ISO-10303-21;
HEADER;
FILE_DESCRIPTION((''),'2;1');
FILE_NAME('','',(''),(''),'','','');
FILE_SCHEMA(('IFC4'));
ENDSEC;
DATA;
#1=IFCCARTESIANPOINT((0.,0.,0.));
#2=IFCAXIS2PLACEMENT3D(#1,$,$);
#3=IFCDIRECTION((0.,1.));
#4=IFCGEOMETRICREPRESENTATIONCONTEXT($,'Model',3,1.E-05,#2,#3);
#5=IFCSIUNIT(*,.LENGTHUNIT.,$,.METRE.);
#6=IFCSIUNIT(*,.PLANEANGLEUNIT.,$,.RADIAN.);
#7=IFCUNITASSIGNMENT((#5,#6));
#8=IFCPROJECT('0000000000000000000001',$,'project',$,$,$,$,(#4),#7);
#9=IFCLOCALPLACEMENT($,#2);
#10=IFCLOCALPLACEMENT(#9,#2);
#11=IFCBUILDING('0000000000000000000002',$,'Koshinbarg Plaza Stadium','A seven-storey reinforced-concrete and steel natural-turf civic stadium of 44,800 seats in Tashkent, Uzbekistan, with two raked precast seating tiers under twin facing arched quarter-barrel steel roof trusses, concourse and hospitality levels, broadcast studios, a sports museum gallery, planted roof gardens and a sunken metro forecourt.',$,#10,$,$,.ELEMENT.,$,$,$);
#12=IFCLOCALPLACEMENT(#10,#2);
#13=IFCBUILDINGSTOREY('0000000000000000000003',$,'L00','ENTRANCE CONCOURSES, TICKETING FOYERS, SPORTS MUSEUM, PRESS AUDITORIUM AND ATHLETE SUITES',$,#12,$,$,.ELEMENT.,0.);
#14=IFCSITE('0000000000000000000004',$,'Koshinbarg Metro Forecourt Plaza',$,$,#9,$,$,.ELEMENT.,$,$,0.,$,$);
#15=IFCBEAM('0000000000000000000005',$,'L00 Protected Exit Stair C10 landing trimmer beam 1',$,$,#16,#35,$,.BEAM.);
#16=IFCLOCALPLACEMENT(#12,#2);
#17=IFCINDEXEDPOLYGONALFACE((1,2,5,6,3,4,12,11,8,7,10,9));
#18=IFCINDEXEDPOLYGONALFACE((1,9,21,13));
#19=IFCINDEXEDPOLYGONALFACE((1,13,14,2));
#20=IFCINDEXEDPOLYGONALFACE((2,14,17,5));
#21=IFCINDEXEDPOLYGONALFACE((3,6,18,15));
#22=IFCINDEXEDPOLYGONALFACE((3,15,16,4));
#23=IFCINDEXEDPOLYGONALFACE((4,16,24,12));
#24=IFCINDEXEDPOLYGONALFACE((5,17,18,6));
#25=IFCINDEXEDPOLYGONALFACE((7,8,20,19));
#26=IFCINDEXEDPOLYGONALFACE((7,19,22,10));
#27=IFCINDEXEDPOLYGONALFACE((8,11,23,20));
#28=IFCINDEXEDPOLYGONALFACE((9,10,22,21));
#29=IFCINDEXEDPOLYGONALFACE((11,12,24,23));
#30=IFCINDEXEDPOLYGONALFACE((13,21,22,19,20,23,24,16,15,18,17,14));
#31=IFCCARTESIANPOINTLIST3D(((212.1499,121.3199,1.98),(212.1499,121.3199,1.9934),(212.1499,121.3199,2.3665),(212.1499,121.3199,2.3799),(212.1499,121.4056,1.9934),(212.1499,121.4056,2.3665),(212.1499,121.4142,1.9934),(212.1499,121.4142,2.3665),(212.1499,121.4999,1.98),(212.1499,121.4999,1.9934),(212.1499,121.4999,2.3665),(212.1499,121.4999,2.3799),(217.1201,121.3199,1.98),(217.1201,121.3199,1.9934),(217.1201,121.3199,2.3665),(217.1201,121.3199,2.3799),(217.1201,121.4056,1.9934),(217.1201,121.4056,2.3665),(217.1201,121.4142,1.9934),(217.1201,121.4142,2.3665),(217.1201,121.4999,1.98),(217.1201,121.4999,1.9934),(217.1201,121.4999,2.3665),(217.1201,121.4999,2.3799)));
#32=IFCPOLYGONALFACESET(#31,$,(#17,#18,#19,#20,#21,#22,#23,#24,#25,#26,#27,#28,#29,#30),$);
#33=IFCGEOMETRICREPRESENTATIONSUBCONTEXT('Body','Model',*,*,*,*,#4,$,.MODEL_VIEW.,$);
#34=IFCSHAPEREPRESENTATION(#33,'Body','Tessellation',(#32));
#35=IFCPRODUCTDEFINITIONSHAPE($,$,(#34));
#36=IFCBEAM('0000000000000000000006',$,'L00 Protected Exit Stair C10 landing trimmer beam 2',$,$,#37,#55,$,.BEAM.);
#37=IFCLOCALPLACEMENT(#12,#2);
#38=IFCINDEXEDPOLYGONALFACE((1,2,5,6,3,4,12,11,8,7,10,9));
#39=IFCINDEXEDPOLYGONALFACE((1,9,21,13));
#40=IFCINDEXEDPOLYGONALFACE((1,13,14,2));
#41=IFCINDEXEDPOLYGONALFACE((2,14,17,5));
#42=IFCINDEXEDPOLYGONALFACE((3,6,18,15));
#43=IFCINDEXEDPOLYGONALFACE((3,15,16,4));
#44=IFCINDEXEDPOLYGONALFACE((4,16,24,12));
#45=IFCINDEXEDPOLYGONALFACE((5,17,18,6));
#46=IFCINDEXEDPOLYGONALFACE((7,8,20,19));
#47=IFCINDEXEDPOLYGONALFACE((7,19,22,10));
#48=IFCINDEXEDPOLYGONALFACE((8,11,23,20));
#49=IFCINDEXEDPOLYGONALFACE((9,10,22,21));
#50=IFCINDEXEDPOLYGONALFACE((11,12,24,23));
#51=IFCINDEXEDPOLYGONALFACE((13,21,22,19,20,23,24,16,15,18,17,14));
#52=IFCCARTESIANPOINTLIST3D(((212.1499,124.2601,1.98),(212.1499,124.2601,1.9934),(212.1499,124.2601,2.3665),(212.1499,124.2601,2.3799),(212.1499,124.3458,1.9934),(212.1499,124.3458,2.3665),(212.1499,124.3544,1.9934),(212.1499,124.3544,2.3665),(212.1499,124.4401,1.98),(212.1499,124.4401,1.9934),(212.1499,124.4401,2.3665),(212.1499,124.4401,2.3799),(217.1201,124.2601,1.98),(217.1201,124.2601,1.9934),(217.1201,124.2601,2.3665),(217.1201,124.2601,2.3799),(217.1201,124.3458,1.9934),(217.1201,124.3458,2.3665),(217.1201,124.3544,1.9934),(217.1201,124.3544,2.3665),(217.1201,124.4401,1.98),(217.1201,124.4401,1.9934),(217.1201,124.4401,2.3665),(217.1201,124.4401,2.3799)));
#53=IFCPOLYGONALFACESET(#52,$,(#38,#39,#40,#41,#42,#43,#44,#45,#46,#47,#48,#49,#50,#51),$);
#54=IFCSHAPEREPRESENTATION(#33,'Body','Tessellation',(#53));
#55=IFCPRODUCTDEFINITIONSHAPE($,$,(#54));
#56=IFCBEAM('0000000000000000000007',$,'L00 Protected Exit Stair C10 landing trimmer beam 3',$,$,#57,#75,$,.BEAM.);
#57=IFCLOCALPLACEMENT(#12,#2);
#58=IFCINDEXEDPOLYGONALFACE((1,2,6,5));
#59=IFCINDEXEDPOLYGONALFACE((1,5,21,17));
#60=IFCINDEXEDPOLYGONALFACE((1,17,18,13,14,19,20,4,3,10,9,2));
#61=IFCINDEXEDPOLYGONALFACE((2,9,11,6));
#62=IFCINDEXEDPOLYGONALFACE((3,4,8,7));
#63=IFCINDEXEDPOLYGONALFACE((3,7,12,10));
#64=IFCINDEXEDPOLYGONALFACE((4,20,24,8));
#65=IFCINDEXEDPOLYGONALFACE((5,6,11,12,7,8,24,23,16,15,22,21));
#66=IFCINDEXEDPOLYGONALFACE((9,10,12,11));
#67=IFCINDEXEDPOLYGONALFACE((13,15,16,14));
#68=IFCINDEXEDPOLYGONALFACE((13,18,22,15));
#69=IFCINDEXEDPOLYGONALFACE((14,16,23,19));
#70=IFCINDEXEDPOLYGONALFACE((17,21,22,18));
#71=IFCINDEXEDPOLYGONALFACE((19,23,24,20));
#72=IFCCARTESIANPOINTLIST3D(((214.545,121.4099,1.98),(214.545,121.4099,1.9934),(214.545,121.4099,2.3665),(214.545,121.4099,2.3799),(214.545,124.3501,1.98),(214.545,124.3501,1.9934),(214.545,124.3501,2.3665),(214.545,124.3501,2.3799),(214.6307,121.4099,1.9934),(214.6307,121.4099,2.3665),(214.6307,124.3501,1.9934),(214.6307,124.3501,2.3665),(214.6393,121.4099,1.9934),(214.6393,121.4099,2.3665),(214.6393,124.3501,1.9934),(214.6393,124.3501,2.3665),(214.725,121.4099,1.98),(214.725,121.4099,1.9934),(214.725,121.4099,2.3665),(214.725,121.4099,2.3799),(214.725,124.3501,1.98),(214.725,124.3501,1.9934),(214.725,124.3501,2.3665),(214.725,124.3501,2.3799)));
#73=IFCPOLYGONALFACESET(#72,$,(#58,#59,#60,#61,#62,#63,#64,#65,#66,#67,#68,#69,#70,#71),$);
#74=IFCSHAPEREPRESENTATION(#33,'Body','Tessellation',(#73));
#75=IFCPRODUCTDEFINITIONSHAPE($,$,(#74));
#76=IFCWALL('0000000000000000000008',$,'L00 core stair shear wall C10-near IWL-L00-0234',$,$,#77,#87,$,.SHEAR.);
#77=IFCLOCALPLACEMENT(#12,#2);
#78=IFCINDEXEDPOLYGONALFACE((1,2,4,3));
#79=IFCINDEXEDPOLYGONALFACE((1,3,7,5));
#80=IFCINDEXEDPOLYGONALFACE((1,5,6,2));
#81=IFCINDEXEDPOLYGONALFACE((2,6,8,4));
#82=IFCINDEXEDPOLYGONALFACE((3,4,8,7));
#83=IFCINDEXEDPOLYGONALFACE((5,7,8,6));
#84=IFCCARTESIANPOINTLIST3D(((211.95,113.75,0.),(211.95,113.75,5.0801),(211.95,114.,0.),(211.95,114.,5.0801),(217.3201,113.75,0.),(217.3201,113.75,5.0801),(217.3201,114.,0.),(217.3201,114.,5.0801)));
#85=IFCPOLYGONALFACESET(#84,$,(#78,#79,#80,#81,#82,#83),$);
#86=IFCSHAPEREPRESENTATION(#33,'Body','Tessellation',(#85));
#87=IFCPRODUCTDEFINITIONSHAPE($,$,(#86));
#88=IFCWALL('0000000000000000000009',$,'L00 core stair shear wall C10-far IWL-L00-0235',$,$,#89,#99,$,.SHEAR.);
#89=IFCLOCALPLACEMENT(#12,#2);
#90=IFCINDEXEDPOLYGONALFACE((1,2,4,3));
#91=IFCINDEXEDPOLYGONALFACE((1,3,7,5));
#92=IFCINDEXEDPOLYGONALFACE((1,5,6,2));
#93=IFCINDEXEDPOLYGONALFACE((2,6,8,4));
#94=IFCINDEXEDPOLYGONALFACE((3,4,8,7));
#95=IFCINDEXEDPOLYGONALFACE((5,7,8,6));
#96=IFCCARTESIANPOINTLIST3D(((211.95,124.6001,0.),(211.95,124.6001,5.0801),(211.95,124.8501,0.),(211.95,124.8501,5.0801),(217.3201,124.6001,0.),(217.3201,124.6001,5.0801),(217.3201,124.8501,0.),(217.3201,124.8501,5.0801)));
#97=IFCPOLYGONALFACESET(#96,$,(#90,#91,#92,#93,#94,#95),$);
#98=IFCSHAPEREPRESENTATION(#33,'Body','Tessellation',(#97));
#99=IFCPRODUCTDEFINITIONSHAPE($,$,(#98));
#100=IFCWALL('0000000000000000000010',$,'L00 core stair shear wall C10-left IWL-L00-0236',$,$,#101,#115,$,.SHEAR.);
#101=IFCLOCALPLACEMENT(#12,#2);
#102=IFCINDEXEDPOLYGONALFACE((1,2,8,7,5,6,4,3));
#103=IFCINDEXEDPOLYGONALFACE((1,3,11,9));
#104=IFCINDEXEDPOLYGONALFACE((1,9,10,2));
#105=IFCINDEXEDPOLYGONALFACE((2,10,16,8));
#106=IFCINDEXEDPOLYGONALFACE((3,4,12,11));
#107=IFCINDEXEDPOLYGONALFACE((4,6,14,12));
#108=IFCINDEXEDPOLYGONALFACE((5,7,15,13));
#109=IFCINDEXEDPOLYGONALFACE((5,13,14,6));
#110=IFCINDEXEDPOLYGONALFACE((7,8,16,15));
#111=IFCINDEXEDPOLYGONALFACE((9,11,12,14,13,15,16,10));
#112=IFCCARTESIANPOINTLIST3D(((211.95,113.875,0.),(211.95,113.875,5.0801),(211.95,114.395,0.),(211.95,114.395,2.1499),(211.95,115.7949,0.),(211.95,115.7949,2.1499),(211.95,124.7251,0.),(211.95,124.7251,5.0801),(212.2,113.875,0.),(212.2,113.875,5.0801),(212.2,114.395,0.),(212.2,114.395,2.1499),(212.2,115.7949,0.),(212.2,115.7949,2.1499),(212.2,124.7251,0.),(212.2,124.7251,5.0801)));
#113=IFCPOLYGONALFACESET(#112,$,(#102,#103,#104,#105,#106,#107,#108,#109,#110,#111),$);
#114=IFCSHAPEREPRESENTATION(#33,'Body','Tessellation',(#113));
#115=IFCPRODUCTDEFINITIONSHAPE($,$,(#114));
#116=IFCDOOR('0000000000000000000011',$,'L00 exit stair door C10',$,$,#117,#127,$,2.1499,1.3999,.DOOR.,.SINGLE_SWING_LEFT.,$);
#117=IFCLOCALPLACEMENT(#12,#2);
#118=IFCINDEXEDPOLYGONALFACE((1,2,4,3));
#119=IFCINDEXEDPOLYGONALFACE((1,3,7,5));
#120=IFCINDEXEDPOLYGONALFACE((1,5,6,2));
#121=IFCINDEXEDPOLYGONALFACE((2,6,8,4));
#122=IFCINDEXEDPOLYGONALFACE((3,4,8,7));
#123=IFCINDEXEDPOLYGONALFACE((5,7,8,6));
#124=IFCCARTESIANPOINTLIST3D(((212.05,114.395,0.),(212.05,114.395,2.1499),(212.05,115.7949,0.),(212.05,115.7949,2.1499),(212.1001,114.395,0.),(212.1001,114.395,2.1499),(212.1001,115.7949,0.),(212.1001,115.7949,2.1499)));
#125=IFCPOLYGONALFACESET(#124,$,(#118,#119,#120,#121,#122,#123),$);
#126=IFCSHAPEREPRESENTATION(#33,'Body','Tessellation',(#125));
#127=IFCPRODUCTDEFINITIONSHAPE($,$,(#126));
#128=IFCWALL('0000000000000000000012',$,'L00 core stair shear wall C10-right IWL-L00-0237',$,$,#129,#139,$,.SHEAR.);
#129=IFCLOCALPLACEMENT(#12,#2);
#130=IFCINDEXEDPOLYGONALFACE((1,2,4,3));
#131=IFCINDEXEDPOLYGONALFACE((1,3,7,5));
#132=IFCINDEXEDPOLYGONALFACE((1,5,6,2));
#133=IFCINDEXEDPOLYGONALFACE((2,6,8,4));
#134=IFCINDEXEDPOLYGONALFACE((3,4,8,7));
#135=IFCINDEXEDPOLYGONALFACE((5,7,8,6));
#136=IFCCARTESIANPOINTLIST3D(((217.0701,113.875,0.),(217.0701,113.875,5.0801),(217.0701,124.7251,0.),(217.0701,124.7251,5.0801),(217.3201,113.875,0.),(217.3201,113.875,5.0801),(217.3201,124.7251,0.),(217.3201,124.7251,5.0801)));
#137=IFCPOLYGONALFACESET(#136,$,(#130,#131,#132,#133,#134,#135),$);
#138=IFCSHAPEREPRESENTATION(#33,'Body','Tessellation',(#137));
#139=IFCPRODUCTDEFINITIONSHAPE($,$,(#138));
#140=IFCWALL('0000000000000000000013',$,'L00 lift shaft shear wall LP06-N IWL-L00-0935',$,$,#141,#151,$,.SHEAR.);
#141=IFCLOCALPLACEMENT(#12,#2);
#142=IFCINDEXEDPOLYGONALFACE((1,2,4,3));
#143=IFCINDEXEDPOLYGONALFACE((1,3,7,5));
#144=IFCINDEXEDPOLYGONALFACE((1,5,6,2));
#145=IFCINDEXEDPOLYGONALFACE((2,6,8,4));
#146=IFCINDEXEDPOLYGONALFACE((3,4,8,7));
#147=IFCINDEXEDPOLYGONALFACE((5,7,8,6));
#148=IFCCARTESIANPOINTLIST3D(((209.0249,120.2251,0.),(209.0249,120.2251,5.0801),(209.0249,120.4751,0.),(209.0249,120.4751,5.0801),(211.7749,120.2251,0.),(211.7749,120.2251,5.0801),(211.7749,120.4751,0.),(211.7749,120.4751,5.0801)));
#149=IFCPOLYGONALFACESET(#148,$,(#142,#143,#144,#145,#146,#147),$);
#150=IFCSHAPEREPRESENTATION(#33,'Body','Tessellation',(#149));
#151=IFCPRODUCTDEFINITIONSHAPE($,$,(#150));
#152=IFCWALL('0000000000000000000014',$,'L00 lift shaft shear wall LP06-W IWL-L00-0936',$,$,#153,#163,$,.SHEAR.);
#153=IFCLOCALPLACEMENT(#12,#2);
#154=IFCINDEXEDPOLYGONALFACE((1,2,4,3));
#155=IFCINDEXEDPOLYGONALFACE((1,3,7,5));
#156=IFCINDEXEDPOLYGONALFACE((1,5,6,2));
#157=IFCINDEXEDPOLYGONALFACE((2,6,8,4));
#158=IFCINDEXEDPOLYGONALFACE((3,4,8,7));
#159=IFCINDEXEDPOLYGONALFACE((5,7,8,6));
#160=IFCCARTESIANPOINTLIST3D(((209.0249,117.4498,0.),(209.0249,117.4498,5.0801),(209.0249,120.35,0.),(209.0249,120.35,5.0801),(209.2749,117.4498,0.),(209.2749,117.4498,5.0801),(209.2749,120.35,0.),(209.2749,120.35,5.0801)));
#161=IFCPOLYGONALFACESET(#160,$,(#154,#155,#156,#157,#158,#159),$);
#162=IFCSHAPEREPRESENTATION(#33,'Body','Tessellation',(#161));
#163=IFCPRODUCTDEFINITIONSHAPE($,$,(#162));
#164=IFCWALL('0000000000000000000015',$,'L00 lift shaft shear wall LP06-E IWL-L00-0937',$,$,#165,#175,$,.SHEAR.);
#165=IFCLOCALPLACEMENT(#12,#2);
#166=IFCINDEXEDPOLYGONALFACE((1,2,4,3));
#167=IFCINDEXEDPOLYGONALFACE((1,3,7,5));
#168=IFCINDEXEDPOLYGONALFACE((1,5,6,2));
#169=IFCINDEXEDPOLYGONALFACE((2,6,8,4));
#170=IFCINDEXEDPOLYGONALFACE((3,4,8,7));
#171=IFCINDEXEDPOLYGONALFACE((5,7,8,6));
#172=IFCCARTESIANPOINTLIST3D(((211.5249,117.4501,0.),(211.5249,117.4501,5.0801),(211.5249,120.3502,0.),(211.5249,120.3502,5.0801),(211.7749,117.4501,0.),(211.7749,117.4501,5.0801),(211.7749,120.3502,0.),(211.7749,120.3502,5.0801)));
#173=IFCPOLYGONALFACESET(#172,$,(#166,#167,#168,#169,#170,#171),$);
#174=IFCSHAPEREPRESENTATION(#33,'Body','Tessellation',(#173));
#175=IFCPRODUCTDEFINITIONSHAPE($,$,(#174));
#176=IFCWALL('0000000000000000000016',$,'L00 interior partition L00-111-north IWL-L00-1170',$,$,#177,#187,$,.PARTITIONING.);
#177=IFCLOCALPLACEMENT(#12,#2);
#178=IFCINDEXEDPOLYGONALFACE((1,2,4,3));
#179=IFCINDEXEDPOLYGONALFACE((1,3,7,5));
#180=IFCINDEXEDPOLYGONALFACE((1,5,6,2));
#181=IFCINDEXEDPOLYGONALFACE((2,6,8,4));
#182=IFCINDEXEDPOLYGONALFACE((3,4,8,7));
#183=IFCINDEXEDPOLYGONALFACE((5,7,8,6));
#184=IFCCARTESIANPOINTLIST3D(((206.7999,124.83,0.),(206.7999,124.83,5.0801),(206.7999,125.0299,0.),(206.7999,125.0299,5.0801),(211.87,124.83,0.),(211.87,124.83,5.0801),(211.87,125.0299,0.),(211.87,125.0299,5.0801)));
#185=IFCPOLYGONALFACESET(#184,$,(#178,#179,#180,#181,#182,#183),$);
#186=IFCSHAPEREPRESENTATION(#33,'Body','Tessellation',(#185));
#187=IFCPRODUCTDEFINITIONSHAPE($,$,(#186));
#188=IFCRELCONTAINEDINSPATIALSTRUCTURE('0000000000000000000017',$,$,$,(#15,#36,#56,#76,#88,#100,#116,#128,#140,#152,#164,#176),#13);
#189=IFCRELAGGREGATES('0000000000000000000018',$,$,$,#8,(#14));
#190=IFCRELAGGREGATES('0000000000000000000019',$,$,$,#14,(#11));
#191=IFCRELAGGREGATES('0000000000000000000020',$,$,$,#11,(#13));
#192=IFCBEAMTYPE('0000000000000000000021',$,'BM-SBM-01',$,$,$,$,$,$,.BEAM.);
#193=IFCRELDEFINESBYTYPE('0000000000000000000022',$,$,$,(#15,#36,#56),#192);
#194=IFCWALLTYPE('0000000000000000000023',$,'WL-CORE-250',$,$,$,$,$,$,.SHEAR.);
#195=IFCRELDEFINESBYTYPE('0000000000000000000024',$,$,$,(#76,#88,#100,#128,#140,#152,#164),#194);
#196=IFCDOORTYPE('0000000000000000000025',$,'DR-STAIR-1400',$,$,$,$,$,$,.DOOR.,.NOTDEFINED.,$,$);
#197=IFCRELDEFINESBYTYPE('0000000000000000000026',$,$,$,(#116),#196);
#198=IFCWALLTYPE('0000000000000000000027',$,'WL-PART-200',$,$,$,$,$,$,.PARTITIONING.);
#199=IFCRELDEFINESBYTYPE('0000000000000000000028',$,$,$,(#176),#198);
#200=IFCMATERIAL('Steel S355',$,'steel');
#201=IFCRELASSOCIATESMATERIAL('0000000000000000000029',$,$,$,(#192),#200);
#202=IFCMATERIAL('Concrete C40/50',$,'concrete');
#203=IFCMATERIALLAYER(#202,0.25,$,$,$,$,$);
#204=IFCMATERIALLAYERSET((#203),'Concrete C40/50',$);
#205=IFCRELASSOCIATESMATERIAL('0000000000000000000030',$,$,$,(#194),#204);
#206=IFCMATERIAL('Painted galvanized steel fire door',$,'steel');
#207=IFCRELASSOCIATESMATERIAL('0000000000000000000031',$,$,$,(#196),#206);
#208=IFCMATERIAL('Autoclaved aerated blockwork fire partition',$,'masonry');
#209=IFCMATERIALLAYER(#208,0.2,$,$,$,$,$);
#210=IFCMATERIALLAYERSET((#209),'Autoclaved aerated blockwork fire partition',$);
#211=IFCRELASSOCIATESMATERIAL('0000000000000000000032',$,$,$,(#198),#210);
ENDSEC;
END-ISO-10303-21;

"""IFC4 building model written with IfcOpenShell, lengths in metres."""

from ifc_helpers import new_model, si_unit, direction, frame, frame_2d, origin, origin_2d, place, context, subcontext, project, spatial, rectangle, i_section, extrude, material, layer, layer_set, material_profile, profile_set, type_object, element, fill, save


model = new_model("IFC4")

# Units and contexts
model_context = context("Model", 3, precision=1e-05, world=origin(), true_north=direction((0.0, 1.0)))
body_context = subcontext(model_context, "Body", "Model", "MODEL_VIEW")
ifc_project = project(units=[si_unit("LENGTHUNIT", "METRE"), si_unit("PLANEANGLEUNIT", "RADIAN")], contexts=[model_context])

# Site, building, storey
site_placement = place(None, origin())
site = spatial("IfcSite", under=ifc_project, at=site_placement, Name="Koshinbarg Metro Forecourt Plaza", CompositionType="ELEMENT", RefElevation=0.0)
building_placement = place(site_placement, origin())
building = spatial("IfcBuilding", under=site, at=building_placement, Name="Koshinbarg Plaza Stadium", Description="A seven-storey reinforced-concrete and steel natural-turf civic stadium of 44,800 seats in Tashkent, Uzbekistan, with two raked precast seating tiers under twin facing arched quarter-barrel steel roof trusses, concourse and hospitality levels, broadcast studios, a sports museum gallery, planted roof gardens and a sunken metro forecourt.", CompositionType="ELEMENT")
storey_placement = place(building_placement, origin())
storey = spatial("IfcBuildingStorey", under=building, at=storey_placement, Name="L00", Description="ENTRANCE CONCOURSES, TICKETING FOYERS, SPORTS MUSEUM, PRESS AUDITORIUM AND ATHLETE SUITES", CompositionType="ELEMENT", Elevation=0.0)

# Beams
ifc_material_1 = material(Name="Steel S355", Category="steel")
ifc_material_profile_1 = material_profile(ifc_material_1, i_section(OverallWidth=0.1799, OverallDepth=0.3999, WebThickness=0.0085, FlangeThickness=0.0134, at=origin_2d()), Name="IPE 400")
ifc_profile_set_1 = profile_set([ifc_material_profile_1], Name="Steel S355")
beam_type = type_object("IfcBeamType", Name="BM-SBM-01", PredefinedType="BEAM", material=ifc_profile_set_1)
for number, where, z_axis, x_axis, name in (
    (1, (212.1499, 121.4099, 2.1799), (1.0, 0.0, 0.0), (0.0, 1.0, 0.0), "L00 Protected Exit Stair C10 landing trimmer beam 1"),
    (2, (212.1499, 124.3501, 2.1799), (1.0, 0.0, 0.0), (0.0, 1.0, 0.0), "L00 Protected Exit Stair C10 landing trimmer beam 2"),
):
    element("IfcBeam", number, at=place(storey_placement, frame(where, z_axis=z_axis, x_axis=x_axis)), inside=storey, type_object=beam_type, Name=name, PredefinedType="BEAM", context=body_context, shape_type="SweptSolid", body=[
        extrude(i_section(OverallWidth=0.1799, OverallDepth=0.3999, WebThickness=0.0085, FlangeThickness=0.0134, at=origin_2d()), origin(), (0.0, 0.0, 1.0), 4.9702),
    ])
beam_placement = place(storey_placement, frame((214.635, 121.4099, 2.1799), z_axis=(0.0, 1.0, 0.0), x_axis=(-1.0, 0.0, 0.0)))
element("IfcBeam", 3, at=beam_placement, inside=storey, type_object=beam_type, Name="L00 Protected Exit Stair C10 landing trimmer beam 3", PredefinedType="BEAM", context=body_context, shape_type="SweptSolid", body=[
    extrude(i_section(OverallWidth=0.1799, OverallDepth=0.3999, WebThickness=0.0085, FlangeThickness=0.0134, at=origin_2d()), origin(), (0.0, 0.0, 1.0), 2.9402),
])

# Walls
ifc_material_2 = material(Name="Concrete C40/50", Category="concrete")
ifc_layer_1 = layer(ifc_material_2, 0.25)
ifc_layer_set_1 = layer_set([ifc_layer_1], Name="Concrete C40/50")
wall_type_1 = type_object("IfcWallType", Name="WL-CORE-250", PredefinedType="SHEAR", material=ifc_layer_set_1)
for number, where, z_axis, x_axis, name in (
    (4, (211.95, 113.875, 0.0), (0.0, 0.0, 1.0), (1.0, 0.0, 0.0), "L00 core stair shear wall C10-near IWL-L00-0234"),
    (5, (217.3201, 124.7251, 0.0), (0.0, 0.0, 1.0), (-1.0, 0.0, 0.0), "L00 core stair shear wall C10-far IWL-L00-0235"),
):
    element("IfcWall", number, at=place(storey_placement, frame(where, z_axis=z_axis, x_axis=x_axis)), inside=storey, type_object=wall_type_1, Name=name, PredefinedType="SHEAR", context=body_context, shape_type="SweptSolid", body=[
        extrude(rectangle(XDim=5.3701, YDim=0.25, at=frame_2d((2.6851, 0.0))), origin(), (0.0, 0.0, 1.0), 5.0801),
    ])

# Wall, opening, door
wall_1_placement = place(storey_placement, frame((212.075, 113.875, 0.0), z_axis=(0.0, 0.0, 1.0), x_axis=(0.0, 1.0, 0.0)))
wall_1 = element("IfcWall", 6, at=wall_1_placement, inside=storey, type_object=wall_type_1, Name="L00 core stair shear wall C10-left IWL-L00-0236", PredefinedType="SHEAR", context=body_context, shape_type="SweptSolid", body=[
    extrude(rectangle(XDim=10.8501, YDim=0.25, at=frame_2d((5.425, 0.0))), origin(), (0.0, 0.0, 1.0), 5.0801),
])
opening_1_placement = place(wall_1_placement, frame((0.52, 0.0, 0.0)))
opening_1 = element("IfcOpeningElement", 7, at=opening_1_placement, cuts=wall_1, PredefinedType="OPENING", context=body_context, shape_type="SweptSolid", body=[
    extrude(rectangle(XDim=1.3999, YDim=2.1499, at=frame_2d((0.7, 1.075))), frame((0.0, 0.135, 0.0), z_axis=(0.0, -1.0, 0.0), x_axis=(1.0, 0.0, 0.0)), (0.0, 0.0, 1.0), 0.27),
])
ifc_material_3 = material(Name="Painted galvanized steel fire door", Category="steel")
door_type_1 = type_object("IfcDoorType", Name="DR-STAIR-1400", OperationType="NOTDEFINED", PredefinedType="DOOR", material=ifc_material_3)
door_1_placement = place(opening_1_placement, origin())
door_1 = element("IfcDoor", 8, at=door_1_placement, inside=storey, type_object=door_type_1, Name="L00 exit stair door C10", OperationType="SINGLE_SWING_LEFT", OverallHeight=2.1499, OverallWidth=1.3999, PredefinedType="DOOR", context=body_context, shape_type="SweptSolid", body=[
    extrude(rectangle(XDim=1.3999, YDim=2.1499, at=frame_2d((0.7, 1.075))), frame((0.0, 0.0249, 0.0), z_axis=(0.0, -1.0, 0.0), x_axis=(1.0, 0.0, 0.0)), (0.0, 0.0, 1.0), 0.05),
])
fill(opening_1, door_1)

# Wall
wall_2_placement = place(storey_placement, frame((217.1951, 113.875, 0.0), z_axis=(0.0, 0.0, 1.0), x_axis=(0.0, 1.0, 0.0)))
element("IfcWall", 9, at=wall_2_placement, inside=storey, type_object=wall_type_1, Name="L00 core stair shear wall C10-right IWL-L00-0237", PredefinedType="SHEAR", context=body_context, shape_type="SweptSolid", body=[
    extrude(rectangle(XDim=10.8501, YDim=0.25, at=frame_2d((5.425, 0.0))), origin(), (0.0, 0.0, 1.0), 5.0801),
])

# Walls
wall_3_placement = place(storey_placement, frame((211.7749, 120.3501, 0.0), z_axis=(0.0, 0.0, 1.0), x_axis=(-1.0, 0.0, 0.0)))
element("IfcWall", 10, at=wall_3_placement, inside=storey, type_object=wall_type_1, Name="L00 lift shaft shear wall LP06-N IWL-L00-0935", PredefinedType="SHEAR", context=body_context, shape_type="SweptSolid", body=[
    extrude(rectangle(XDim=2.75, YDim=0.25, at=frame_2d((1.375, 0.0))), origin(), (0.0, 0.0, 1.0), 5.0801),
])
for number, where, z_axis, x_axis, name in (
    (11, (209.1499, 120.3501, 0.0), (0.0, 0.0, 1.0), (0.0, -1.0, 0.0), "L00 lift shaft shear wall LP06-W IWL-L00-0936"),
    (12, (211.6499, 117.45, 0.0), (0.0, 0.0, 1.0), (0.0, 1.0, 0.0), "L00 lift shaft shear wall LP06-E IWL-L00-0937"),
):
    element("IfcWall", number, at=place(storey_placement, frame(where, z_axis=z_axis, x_axis=x_axis)), inside=storey, type_object=wall_type_1, Name=name, PredefinedType="SHEAR", context=body_context, shape_type="SweptSolid", body=[
        extrude(rectangle(XDim=2.9001, YDim=0.25, at=frame_2d((1.4502, 0.0))), origin(), (0.0, 0.0, 1.0), 5.0801),
    ])
ifc_material_4 = material(Name="Autoclaved aerated blockwork fire partition", Category="masonry")
ifc_layer_2 = layer(ifc_material_4, 0.2)
ifc_layer_set_2 = layer_set([ifc_layer_2], Name="Autoclaved aerated blockwork fire partition")
wall_type_2 = type_object("IfcWallType", Name="WL-PART-200", PredefinedType="PARTITIONING", material=ifc_layer_set_2)
wall_4_placement = place(storey_placement, frame((211.8701, 124.9299, 0.0), z_axis=(0.0, 0.0, 1.0), x_axis=(-1.0, 0.0, 0.0)))
element("IfcWall", 13, at=wall_4_placement, inside=storey, type_object=wall_type_2, Name="L00 interior partition L00-111-north IWL-L00-1170", PredefinedType="PARTITIONING", context=body_context, shape_type="SweptSolid", body=[
    extrude(rectangle(XDim=5.0701, YDim=0.2, at=frame_2d((2.5352, 0.0))), origin(), (0.0, 0.0, 1.0), 5.0801),
])

save(model, "model.ifc")
